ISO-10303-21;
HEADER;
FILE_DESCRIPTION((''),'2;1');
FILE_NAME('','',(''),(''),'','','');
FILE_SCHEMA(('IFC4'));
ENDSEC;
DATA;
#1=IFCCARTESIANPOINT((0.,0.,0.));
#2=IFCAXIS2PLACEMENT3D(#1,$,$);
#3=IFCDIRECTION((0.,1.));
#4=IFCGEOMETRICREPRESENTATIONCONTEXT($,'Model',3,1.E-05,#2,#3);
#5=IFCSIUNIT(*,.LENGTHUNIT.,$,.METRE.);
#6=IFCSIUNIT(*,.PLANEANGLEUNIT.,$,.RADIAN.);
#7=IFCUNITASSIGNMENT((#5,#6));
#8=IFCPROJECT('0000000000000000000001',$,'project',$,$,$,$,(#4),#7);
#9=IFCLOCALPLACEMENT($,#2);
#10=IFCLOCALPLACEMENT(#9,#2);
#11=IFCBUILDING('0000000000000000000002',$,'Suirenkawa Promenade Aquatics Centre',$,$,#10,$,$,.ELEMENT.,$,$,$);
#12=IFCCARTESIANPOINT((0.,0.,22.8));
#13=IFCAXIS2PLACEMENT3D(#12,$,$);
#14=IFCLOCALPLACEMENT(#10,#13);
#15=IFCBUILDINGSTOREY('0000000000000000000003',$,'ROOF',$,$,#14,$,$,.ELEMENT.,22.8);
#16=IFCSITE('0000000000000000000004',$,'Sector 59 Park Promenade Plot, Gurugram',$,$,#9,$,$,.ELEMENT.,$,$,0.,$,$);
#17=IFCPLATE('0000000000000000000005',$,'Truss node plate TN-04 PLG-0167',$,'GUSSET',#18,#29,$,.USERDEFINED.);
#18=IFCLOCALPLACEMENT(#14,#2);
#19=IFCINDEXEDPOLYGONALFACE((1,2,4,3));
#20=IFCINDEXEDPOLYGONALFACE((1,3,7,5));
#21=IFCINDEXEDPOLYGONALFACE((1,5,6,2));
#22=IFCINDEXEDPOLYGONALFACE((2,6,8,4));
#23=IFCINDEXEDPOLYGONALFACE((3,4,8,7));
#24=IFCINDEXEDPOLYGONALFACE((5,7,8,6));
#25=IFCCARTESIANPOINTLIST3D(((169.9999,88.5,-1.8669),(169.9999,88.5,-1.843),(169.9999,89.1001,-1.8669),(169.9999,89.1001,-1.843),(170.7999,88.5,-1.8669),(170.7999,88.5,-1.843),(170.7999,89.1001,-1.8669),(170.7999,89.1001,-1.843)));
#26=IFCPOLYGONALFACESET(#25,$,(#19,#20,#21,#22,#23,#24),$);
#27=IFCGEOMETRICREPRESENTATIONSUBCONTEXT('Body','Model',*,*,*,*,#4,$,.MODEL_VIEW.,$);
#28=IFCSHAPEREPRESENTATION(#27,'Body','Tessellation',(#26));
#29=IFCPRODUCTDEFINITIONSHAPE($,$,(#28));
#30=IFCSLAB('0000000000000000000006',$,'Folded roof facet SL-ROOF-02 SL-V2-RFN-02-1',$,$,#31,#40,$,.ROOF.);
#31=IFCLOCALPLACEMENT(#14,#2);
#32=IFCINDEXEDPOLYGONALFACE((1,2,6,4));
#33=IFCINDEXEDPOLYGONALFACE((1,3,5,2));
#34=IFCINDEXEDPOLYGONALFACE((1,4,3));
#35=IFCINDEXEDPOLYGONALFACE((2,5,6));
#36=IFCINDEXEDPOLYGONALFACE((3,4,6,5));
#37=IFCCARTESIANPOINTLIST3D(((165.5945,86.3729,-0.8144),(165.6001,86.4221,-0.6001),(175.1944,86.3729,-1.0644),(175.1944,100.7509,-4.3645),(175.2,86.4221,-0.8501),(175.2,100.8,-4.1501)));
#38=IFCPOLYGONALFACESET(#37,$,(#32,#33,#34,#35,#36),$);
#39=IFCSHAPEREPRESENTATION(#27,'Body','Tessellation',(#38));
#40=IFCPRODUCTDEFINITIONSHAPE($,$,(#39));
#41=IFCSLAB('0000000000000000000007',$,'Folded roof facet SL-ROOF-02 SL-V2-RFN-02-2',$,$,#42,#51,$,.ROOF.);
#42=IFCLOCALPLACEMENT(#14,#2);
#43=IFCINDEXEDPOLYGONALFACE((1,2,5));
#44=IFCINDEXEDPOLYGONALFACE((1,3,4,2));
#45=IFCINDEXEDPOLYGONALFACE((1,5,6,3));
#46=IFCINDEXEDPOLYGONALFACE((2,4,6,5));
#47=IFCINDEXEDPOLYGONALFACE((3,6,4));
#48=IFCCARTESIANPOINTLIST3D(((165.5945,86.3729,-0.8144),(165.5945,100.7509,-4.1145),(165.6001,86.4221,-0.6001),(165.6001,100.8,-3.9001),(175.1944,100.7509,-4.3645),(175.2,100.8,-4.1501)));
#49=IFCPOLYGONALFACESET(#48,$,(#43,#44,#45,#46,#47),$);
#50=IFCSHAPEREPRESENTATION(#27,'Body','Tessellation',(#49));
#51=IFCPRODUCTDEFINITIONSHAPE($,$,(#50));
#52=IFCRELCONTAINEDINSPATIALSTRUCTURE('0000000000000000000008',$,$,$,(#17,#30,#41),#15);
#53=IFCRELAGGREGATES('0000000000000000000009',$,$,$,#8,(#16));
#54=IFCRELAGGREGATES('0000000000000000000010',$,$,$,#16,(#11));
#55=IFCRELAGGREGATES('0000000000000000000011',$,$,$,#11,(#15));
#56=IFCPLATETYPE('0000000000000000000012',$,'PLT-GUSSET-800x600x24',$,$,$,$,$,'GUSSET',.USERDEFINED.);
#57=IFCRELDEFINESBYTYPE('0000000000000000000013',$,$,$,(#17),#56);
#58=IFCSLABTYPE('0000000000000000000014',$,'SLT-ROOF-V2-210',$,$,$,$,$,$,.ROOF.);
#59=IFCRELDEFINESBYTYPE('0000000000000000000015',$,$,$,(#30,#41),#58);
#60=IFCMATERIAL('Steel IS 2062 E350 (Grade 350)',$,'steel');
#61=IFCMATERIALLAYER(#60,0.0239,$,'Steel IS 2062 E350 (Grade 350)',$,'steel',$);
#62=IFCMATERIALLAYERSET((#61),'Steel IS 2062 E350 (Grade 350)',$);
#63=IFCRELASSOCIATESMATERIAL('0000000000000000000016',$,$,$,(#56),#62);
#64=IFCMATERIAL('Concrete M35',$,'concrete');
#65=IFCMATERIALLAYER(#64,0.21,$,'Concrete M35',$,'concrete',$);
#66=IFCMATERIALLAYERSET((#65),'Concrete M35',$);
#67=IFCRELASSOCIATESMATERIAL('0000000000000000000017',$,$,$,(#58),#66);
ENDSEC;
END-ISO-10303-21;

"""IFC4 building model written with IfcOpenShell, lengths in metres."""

from ifc_helpers import new_model, si_unit, direction, frame, origin, origin_2d, place, context, subcontext, project, spatial, polyline, rectangle, outline, extrude, material, layer, layer_set, type_object, element, save


model = new_model("IFC4")

# Units and contexts
model_context = context("Model", 3, precision=1e-05, world=origin(), true_north=direction((0.0, 1.0)))
body_context = subcontext(model_context, "Body", "Model", "MODEL_VIEW")
ifc_project = project(units=[si_unit("LENGTHUNIT", "METRE"), si_unit("PLANEANGLEUNIT", "RADIAN")], contexts=[model_context])

# Site, building, storey
site_placement = place(None, origin())
site = spatial("IfcSite", under=ifc_project, at=site_placement, Name="Sector 59 Park Promenade Plot, Gurugram", CompositionType="ELEMENT", RefElevation=0.0)
building_placement = place(site_placement, origin())
building = spatial("IfcBuilding", under=site, at=building_placement, Name="Suirenkawa Promenade Aquatics Centre", CompositionType="ELEMENT")
storey_placement = place(building_placement, frame((0.0, 0.0, 22.8)))
storey = spatial("IfcBuildingStorey", under=building, at=storey_placement, Name="ROOF", CompositionType="ELEMENT", Elevation=22.8)

# Shared definitions
ifc_material_1 = material(Name="Steel IS 2062 E350 (Grade 350)", Category="steel")

# Plate
ifc_layer_1 = layer(ifc_material_1, 0.0239, Name="Steel IS 2062 E350 (Grade 350)", Category="steel")
ifc_layer_set_1 = layer_set([ifc_layer_1], Name="Steel IS 2062 E350 (Grade 350)")
plate_type_1 = type_object("IfcPlateType", Name="PLT-GUSSET-800x600x24", ElementType="GUSSET", PredefinedType="USERDEFINED", material=ifc_layer_set_1)
plate_1_placement = place(storey_placement, frame((170.3999, 88.8, -1.8669), z_axis=(0.0, 0.0, 1.0), x_axis=(1.0, 0.0, 0.0)))
element("IfcPlate", 1, at=plate_1_placement, inside=storey, type_object=plate_type_1, Name="Truss node plate TN-04 PLG-0167", ObjectType="GUSSET", PredefinedType="USERDEFINED", context=body_context, shape_type="SweptSolid", body=[
    extrude(rectangle(XDim=0.8, YDim=0.6001, at=origin_2d()), origin(), (0.0, 0.0, 1.0), 0.0239),
])

# Slabs
ifc_material_2 = material(Name="Concrete M35", Category="concrete")
ifc_layer_2 = layer(ifc_material_2, 0.21, Name="Concrete M35", Category="concrete")
ifc_layer_set_2 = layer_set([ifc_layer_2], Name="Concrete M35")
slab_type = type_object("IfcSlabType", Name="SLT-ROOF-V2-210", PredefinedType="ROOF", material=ifc_layer_set_2)
slab_1_placement = place(storey_placement, frame((165.6001, 86.4221, -0.6001), z_axis=(0.025374, 0.223633, 0.974343), x_axis=(0.999661, 0.0, -0.026033)))
element("IfcSlab", 2, at=slab_1_placement, inside=storey, type_object=slab_type, Name="Folded roof facet SL-ROOF-02 SL-V2-RFN-02-1", PredefinedType="ROOF", context=body_context, shape_type="SweptSolid", body=[
    extrude(outline(polyline([(0.0, 0.0), (9.6031, 0.0), (9.689, 14.7515), (0.0, 0.0)])), origin(), (0.0, 0.0, -1.0), 0.22),
])
slab_2_placement = place(storey_placement, frame((165.6001, 86.4221, -0.6001), z_axis=(0.025374, 0.223633, 0.974343), x_axis=(0.543934, 0.814663, -0.201148)))
element("IfcSlab", 3, at=slab_2_placement, inside=storey, type_object=slab_type, Name="Folded roof facet SL-ROOF-02 SL-V2-RFN-02-2", PredefinedType="ROOF", context=body_context, shape_type="SweptSolid", body=[
    extrude(outline(polyline([(0.0, 0.0), (17.6489, 0.0), (12.377, 8.0266), (0.0, 0.0)])), origin(), (0.0, 0.0, -1.0), 0.22),
])

save(model, "model.ifc")
